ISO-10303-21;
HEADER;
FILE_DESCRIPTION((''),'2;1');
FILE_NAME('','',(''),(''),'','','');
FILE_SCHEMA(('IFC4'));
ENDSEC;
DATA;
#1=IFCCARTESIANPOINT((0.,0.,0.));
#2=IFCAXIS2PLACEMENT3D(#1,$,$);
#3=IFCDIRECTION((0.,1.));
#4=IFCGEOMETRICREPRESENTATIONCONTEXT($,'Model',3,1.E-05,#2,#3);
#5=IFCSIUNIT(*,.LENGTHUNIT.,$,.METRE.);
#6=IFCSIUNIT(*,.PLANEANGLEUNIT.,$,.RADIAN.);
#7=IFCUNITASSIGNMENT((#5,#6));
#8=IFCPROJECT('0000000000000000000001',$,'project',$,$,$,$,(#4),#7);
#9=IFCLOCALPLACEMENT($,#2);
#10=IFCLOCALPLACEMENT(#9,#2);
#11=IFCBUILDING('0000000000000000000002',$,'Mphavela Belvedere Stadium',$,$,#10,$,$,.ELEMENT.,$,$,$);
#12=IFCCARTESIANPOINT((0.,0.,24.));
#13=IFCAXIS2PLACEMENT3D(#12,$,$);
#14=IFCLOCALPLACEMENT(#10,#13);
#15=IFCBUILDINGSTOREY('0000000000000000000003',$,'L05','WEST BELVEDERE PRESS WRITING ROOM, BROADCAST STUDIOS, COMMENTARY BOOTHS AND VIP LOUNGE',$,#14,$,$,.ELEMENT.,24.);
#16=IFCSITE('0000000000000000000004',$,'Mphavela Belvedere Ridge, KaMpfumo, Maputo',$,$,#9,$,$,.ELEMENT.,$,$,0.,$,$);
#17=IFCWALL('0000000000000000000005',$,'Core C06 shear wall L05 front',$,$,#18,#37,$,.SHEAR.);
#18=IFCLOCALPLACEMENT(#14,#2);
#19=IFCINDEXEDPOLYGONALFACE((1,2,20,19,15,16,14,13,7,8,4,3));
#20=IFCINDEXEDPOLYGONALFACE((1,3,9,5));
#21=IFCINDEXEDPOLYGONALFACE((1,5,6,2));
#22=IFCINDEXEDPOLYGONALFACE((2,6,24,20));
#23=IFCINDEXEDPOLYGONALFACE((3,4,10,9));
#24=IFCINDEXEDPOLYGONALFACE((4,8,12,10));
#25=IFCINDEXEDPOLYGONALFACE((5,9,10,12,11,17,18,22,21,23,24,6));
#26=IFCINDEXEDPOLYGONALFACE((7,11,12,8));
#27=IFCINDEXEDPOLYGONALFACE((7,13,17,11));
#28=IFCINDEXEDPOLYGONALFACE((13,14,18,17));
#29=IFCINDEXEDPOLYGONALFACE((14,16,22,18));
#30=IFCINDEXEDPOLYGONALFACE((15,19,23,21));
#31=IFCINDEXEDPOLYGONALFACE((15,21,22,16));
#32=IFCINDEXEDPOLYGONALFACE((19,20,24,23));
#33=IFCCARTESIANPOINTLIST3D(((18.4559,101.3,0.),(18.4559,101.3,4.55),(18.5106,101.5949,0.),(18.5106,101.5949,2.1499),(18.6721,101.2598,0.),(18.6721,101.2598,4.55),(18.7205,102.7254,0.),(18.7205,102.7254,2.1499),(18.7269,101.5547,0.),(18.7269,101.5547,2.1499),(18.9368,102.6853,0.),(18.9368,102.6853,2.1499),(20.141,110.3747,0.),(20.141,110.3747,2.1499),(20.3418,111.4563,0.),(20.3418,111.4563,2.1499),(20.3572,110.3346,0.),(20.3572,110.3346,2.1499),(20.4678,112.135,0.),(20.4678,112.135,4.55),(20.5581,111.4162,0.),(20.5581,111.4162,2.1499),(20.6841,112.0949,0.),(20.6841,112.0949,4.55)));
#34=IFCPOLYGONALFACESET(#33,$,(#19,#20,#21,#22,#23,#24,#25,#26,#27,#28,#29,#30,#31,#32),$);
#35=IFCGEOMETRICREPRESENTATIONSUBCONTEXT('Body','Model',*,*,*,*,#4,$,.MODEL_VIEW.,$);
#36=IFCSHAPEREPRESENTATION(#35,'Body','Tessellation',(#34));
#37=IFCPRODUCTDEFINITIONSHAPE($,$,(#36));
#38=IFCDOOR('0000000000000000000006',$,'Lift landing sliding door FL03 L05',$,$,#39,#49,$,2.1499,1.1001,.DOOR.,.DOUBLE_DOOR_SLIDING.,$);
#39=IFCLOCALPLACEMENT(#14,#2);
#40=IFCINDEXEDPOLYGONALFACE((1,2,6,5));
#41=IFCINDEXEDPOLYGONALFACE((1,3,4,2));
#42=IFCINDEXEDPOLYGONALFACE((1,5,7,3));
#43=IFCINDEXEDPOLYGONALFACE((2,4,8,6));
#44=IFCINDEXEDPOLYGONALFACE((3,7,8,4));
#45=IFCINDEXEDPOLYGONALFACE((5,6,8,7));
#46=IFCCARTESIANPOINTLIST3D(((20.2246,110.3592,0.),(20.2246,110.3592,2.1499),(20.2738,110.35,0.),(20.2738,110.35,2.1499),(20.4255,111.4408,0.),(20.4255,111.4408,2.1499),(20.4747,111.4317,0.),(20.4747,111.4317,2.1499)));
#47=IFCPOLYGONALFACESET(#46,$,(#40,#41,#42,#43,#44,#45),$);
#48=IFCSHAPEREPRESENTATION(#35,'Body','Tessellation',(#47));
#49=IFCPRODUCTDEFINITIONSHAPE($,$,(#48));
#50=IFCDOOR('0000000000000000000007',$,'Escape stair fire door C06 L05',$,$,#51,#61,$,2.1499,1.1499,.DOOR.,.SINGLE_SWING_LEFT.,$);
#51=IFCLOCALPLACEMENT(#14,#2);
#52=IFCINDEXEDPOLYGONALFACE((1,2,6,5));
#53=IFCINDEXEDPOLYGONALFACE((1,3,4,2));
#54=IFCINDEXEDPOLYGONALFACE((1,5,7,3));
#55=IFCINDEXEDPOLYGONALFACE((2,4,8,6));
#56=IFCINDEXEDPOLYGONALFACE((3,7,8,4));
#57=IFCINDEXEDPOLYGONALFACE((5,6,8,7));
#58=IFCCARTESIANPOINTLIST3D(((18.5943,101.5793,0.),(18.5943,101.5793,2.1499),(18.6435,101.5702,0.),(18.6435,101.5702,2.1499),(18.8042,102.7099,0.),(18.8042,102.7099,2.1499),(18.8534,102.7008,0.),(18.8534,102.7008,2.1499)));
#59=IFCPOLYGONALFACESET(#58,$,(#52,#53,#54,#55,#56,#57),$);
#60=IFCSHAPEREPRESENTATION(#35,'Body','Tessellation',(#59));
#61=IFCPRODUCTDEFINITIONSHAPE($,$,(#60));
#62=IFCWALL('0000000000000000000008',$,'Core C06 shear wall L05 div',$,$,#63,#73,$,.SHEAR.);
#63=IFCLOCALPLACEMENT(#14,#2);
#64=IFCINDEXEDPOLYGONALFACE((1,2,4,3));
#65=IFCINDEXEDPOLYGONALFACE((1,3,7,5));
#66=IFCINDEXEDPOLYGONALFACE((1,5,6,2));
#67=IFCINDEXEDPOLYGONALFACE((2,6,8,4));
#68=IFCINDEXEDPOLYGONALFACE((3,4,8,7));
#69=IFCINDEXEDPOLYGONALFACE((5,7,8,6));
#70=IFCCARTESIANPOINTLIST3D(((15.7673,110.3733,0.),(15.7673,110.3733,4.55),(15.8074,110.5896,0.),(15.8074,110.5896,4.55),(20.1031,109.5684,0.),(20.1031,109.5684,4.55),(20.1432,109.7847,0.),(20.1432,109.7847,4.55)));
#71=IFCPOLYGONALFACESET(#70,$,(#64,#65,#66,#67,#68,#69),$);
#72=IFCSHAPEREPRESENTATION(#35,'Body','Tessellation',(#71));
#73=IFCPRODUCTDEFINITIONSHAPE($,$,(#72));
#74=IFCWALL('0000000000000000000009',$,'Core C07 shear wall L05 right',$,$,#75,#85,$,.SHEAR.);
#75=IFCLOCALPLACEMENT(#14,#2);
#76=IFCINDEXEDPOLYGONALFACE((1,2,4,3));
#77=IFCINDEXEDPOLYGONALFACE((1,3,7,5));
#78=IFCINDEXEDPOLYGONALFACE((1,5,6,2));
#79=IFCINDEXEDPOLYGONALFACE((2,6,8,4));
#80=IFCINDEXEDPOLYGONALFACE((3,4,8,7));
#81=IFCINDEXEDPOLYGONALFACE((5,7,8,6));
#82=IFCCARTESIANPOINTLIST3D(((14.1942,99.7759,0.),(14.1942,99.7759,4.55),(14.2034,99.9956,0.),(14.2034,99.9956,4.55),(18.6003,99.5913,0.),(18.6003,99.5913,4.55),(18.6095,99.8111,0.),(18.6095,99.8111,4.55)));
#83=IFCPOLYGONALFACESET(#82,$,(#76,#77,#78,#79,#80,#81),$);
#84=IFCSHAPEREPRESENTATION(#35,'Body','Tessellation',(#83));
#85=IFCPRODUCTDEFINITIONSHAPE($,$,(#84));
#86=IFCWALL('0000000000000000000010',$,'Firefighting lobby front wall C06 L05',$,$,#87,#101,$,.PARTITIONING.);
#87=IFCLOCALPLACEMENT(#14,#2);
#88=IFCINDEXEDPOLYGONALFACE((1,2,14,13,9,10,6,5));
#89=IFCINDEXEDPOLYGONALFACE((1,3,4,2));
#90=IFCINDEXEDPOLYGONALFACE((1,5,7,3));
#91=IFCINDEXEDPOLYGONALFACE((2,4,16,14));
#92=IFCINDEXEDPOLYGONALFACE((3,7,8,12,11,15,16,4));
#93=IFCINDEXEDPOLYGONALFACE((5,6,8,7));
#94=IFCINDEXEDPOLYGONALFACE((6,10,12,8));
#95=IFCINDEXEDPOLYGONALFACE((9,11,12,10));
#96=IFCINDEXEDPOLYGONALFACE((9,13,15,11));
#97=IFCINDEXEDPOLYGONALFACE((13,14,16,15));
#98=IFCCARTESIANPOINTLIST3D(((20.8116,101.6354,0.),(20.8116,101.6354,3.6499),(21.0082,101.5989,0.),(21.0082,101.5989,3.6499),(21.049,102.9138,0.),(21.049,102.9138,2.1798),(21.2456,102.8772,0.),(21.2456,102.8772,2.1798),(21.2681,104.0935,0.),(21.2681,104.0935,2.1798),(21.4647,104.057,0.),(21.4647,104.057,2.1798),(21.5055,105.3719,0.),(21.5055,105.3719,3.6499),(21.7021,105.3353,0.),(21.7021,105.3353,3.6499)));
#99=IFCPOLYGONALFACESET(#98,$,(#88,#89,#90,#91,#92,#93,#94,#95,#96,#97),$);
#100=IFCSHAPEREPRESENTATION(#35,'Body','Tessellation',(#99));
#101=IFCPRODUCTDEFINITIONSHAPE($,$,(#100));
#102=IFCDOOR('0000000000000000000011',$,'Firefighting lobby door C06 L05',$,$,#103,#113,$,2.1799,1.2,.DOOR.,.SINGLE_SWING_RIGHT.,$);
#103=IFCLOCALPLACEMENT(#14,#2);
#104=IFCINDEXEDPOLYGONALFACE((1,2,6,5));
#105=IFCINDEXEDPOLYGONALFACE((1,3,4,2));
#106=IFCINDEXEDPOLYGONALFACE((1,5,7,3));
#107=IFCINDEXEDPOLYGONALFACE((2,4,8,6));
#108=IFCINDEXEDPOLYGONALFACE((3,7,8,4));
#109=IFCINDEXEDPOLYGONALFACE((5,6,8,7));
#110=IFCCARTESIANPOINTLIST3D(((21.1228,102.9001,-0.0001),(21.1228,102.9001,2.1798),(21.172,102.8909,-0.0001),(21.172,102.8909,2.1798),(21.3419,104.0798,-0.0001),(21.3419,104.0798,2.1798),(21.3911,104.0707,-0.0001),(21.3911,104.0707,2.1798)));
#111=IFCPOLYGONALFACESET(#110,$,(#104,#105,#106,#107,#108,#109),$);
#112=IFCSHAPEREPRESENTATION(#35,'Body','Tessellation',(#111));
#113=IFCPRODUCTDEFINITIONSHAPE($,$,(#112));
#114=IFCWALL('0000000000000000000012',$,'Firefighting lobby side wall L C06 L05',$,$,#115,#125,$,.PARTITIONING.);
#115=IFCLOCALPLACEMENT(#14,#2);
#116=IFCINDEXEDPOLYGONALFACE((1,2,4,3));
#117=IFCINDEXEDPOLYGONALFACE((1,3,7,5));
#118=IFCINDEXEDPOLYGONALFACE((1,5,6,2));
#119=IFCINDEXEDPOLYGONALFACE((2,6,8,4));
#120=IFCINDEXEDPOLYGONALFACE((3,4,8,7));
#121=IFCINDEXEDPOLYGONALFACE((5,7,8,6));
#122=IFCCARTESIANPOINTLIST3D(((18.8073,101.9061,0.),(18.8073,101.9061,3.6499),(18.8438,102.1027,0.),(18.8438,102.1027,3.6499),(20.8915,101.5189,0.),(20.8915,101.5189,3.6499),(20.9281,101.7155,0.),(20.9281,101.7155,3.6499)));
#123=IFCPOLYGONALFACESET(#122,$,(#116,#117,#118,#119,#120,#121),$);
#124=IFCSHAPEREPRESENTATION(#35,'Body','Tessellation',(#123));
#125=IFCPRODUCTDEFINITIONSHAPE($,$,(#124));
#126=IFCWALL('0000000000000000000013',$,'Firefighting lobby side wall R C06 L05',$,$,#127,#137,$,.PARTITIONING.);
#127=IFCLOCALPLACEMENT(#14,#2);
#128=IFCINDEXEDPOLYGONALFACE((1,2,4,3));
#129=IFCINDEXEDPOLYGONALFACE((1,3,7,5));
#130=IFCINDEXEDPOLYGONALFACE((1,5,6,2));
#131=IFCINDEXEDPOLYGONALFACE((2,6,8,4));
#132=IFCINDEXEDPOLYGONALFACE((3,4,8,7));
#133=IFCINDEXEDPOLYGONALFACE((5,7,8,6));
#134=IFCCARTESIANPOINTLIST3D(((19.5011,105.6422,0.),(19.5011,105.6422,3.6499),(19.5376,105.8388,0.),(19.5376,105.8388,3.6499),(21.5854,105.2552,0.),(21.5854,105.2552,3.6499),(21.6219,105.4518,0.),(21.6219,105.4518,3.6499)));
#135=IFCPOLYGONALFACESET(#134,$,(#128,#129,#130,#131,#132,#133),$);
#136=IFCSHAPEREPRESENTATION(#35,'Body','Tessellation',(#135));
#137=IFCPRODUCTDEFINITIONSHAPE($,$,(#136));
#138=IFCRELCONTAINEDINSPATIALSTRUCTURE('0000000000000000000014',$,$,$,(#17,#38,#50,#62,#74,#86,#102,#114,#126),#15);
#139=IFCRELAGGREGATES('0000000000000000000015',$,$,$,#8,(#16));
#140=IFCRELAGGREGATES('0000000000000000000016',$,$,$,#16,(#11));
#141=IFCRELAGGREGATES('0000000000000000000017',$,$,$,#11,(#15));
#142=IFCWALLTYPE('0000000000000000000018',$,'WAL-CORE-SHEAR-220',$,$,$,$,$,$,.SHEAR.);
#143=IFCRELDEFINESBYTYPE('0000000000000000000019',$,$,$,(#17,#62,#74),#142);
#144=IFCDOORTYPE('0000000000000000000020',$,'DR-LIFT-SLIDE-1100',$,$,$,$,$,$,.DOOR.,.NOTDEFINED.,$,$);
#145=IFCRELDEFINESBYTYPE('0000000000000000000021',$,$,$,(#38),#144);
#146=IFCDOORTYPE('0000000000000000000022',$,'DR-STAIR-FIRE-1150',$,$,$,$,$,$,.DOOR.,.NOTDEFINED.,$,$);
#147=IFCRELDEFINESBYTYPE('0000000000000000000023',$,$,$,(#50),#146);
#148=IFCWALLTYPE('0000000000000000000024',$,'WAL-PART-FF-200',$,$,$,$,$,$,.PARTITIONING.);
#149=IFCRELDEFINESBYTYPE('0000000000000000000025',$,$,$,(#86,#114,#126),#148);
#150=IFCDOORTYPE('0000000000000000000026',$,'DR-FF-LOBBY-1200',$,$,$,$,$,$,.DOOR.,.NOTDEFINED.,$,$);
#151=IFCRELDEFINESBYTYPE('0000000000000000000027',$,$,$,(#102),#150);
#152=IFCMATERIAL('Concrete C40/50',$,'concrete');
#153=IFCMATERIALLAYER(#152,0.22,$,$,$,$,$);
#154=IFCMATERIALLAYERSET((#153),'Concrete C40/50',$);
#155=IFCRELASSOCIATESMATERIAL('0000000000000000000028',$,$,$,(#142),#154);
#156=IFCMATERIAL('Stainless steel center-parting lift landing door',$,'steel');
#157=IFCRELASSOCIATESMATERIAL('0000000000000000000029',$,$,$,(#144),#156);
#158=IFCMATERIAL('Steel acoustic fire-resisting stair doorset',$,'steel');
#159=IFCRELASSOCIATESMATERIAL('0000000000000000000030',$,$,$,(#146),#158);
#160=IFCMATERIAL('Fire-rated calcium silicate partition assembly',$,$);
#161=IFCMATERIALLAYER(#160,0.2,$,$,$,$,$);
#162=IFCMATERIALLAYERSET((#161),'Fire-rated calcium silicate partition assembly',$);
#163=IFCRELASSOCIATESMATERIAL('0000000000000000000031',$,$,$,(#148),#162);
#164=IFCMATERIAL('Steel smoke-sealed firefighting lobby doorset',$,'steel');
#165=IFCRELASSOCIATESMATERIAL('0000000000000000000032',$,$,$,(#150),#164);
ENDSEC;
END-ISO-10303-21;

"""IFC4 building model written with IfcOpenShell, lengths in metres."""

from ifc_helpers import new_model, si_unit, direction, frame, frame_2d, origin, place, context, subcontext, project, spatial, rectangle, extrude, material, layer, layer_set, type_object, element, fill, save


model = new_model("IFC4")

# Units and contexts
model_context = context("Model", 3, precision=1e-05, world=origin(), true_north=direction((0.0, 1.0)))
body_context = subcontext(model_context, "Body", "Model", "MODEL_VIEW")
ifc_project = project(units=[si_unit("LENGTHUNIT", "METRE"), si_unit("PLANEANGLEUNIT", "RADIAN")], contexts=[model_context])

# Site, building, storey
site_placement = place(None, origin())
site = spatial("IfcSite", under=ifc_project, at=site_placement, Name="Mphavela Belvedere Ridge, KaMpfumo, Maputo", CompositionType="ELEMENT", RefElevation=0.0)
building_placement = place(site_placement, origin())
building = spatial("IfcBuilding", under=site, at=building_placement, Name="Mphavela Belvedere Stadium", CompositionType="ELEMENT")
storey_placement = place(building_placement, frame((0.0, 0.0, 24.0)))
storey = spatial("IfcBuildingStorey", under=building, at=storey_placement, Name="L05", Description="WEST BELVEDERE PRESS WRITING ROOM, BROADCAST STUDIOS, COMMENTARY BOOTHS AND VIP LOUNGE", CompositionType="ELEMENT", Elevation=24.0)

# Shared definitions
ifc_material_1 = material(Name="Concrete C40/50", Category="concrete")
ifc_layer_1 = layer(ifc_material_1, 0.22)
ifc_layer_set_1 = layer_set([ifc_layer_1], Name="Concrete C40/50")
wall_type_1 = type_object("IfcWallType", Name="WAL-CORE-SHEAR-220", PredefinedType="SHEAR", material=ifc_layer_set_1)

# Wall, openings, doors
wall_1_placement = place(storey_placement, frame((18.564, 101.2798, 0.0), z_axis=(0.0, 0.0, 1.0), x_axis=(0.182571, 0.983193, 0.0)))
wall_1 = element("IfcWall", 1, at=wall_1_placement, inside=storey, type_object=wall_type_1, Name="Core C06 shear wall L05 front", PredefinedType="SHEAR", context=body_context, shape_type="SweptSolid", body=[
    extrude(rectangle(XDim=11.0203, YDim=0.22, at=frame_2d((5.5103, 0.0))), origin(), (0.0, 0.0, 1.0), 4.55),
])
opening_1_placement = place(wall_1_placement, frame((0.3, 0.0, 0.0)))
opening_1 = element("IfcOpeningElement", 2, at=opening_1_placement, cuts=wall_1, PredefinedType="OPENING", context=body_context, shape_type="SweptSolid", body=[
    extrude(rectangle(XDim=1.1499, YDim=2.1499, at=frame_2d((0.575, 1.075))), frame((0.0, 0.1201, 0.0), z_axis=(0.0, -1.0, 0.0), x_axis=(1.0, 0.0, 0.0)), (0.0, 0.0, 1.0), 0.24),
])
opening_2_placement = place(wall_1_placement, frame((9.23, 0.0, 0.0)))
opening_2 = element("IfcOpeningElement", 3, at=opening_2_placement, cuts=wall_1, PredefinedType="OPENING", context=body_context, shape_type="SweptSolid", body=[
    extrude(rectangle(XDim=1.1001, YDim=2.1499, at=frame_2d((0.55, 1.075))), frame((0.0, 0.1201, 0.0), z_axis=(0.0, -1.0, 0.0), x_axis=(1.0, 0.0, 0.0)), (0.0, 0.0, 1.0), 0.24),
])
ifc_material_2 = material(Name="Stainless steel center-parting lift landing door", Category="steel")
door_type_1 = type_object("IfcDoorType", Name="DR-LIFT-SLIDE-1100", OperationType="NOTDEFINED", PredefinedType="DOOR", material=ifc_material_2)
door_1_placement = place(opening_2_placement, origin())
door_1 = element("IfcDoor", 4, at=door_1_placement, inside=storey, type_object=door_type_1, Name="Lift landing sliding door FL03 L05", OperationType="DOUBLE_DOOR_SLIDING", OverallHeight=2.1499, OverallWidth=1.1001, PredefinedType="DOOR", context=body_context, shape_type="SweptSolid", body=[
    extrude(rectangle(XDim=1.1001, YDim=2.1499, at=frame_2d((0.55, 1.075))), frame((0.0, 0.0249, 0.0), z_axis=(0.0, -1.0, 0.0), x_axis=(1.0, 0.0, 0.0)), (0.0, 0.0, 1.0), 0.05),
])
fill(opening_2, door_1)
ifc_material_3 = material(Name="Steel acoustic fire-resisting stair doorset", Category="steel")
door_type_2 = type_object("IfcDoorType", Name="DR-STAIR-FIRE-1150", OperationType="NOTDEFINED", PredefinedType="DOOR", material=ifc_material_3)
door_2_placement = place(opening_1_placement, origin())
door_2 = element("IfcDoor", 5, at=door_2_placement, inside=storey, type_object=door_type_2, Name="Escape stair fire door C06 L05", OperationType="SINGLE_SWING_LEFT", OverallHeight=2.1499, OverallWidth=1.1499, PredefinedType="DOOR", context=body_context, shape_type="SweptSolid", body=[
    extrude(rectangle(XDim=1.1499, YDim=2.1499, at=frame_2d((0.575, 1.075))), frame((0.0, 0.0249, 0.0), z_axis=(0.0, -1.0, 0.0), x_axis=(1.0, 0.0, 0.0)), (0.0, 0.0, 1.0), 0.05),
])
fill(opening_1, door_2)

# Walls
for number, where, z_axis, x_axis, name in (
    (6, (20.1233, 109.6765, 0.0), (0.0, 0.0, 1.0), (-0.983202, 0.182523, 0.0), "Core C06 shear wall L05 div"),
    (7, (18.605, 99.7012, 0.0), (0.0, 0.0, 1.0), (-0.999124, 0.041854, 0.0), "Core C07 shear wall L05 right"),
):
    element("IfcWall", number, at=place(storey_placement, frame(where, z_axis=z_axis, x_axis=x_axis)), inside=storey, type_object=wall_type_1, Name=name, PredefinedType="SHEAR", context=body_context, shape_type="SweptSolid", body=[
        extrude(rectangle(XDim=4.4099, YDim=0.22, at=frame_2d((2.2051, 0.0))), origin(), (0.0, 0.0, 1.0), 4.55),
    ])

# Wall, opening, door
ifc_material_4 = material(Name="Fire-rated calcium silicate partition assembly")
ifc_layer_2 = layer(ifc_material_4, 0.2)
ifc_layer_set_2 = layer_set([ifc_layer_2], Name="Fire-rated calcium silicate partition assembly")
wall_type_2 = type_object("IfcWallType", Name="WAL-PART-FF-200", PredefinedType="PARTITIONING", material=ifc_layer_set_2)
wall_2_placement = place(storey_placement, frame((20.9099, 101.6172, 0.0), z_axis=(0.0, 0.0, 1.0), x_axis=(0.182582, 0.983191, 0.0)))
wall_2 = element("IfcWall", 8, at=wall_2_placement, inside=storey, type_object=wall_type_2, Name="Firefighting lobby front wall C06 L05", PredefinedType="PARTITIONING", context=body_context, shape_type="SweptSolid", body=[
    extrude(rectangle(XDim=3.8003, YDim=0.2, at=frame_2d((1.9001, 0.0))), origin(), (0.0, 0.0, 1.0), 3.6499),
])
opening_3_placement = place(wall_2_placement, frame((1.3, 0.0, 0.0)))
opening_3 = element("IfcOpeningElement", 9, at=opening_3_placement, cuts=wall_2, PredefinedType="OPENING", context=body_context, shape_type="SweptSolid", body=[
    extrude(rectangle(XDim=1.2, YDim=2.1799, at=frame_2d((0.6001, 1.0898))), frame((0.0, 0.1099, 0.0), z_axis=(0.0, -1.0, 0.0), x_axis=(1.0, 0.0, 0.0)), (0.0, 0.0, 1.0), 0.22),
])
ifc_material_5 = material(Name="Steel smoke-sealed firefighting lobby doorset", Category="steel")
door_type_3 = type_object("IfcDoorType", Name="DR-FF-LOBBY-1200", OperationType="NOTDEFINED", PredefinedType="DOOR", material=ifc_material_5)
door_3_placement = place(opening_3_placement, origin())
door_3 = element("IfcDoor", 10, at=door_3_placement, inside=storey, type_object=door_type_3, Name="Firefighting lobby door C06 L05", OperationType="SINGLE_SWING_RIGHT", OverallHeight=2.1799, OverallWidth=1.2, PredefinedType="DOOR", context=body_context, shape_type="SweptSolid", body=[
    extrude(rectangle(XDim=1.2, YDim=2.1799, at=frame_2d((0.6001, 1.0898))), frame((0.0, 0.0249, 0.0), z_axis=(0.0, -1.0, 0.0), x_axis=(1.0, 0.0, 0.0)), (0.0, 0.0, 1.0), 0.05),
])
fill(opening_3, door_3)

# Walls
for number, where, z_axis, x_axis, name in (
    (11, (20.9099, 101.6172, 0.0), (0.0, 0.0, 1.0), (-0.983177, 0.182654, 0.0), "Firefighting lobby side wall L C06 L05"),
    (12, (21.6038, 105.3535, 0.0), (0.0, 0.0, 1.0), (-0.983198, 0.182543, 0.0), "Firefighting lobby side wall R C06 L05"),
):
    element("IfcWall", number, at=place(storey_placement, frame(where, z_axis=z_axis, x_axis=x_axis)), inside=storey, type_object=wall_type_2, Name=name, PredefinedType="PARTITIONING", context=body_context, shape_type="SweptSolid", body=[
        extrude(rectangle(XDim=2.1199, YDim=0.2, at=frame_2d((1.0601, 0.0))), origin(), (0.0, 0.0, 1.0), 3.6499),
    ])

save(model, "model.ifc")
